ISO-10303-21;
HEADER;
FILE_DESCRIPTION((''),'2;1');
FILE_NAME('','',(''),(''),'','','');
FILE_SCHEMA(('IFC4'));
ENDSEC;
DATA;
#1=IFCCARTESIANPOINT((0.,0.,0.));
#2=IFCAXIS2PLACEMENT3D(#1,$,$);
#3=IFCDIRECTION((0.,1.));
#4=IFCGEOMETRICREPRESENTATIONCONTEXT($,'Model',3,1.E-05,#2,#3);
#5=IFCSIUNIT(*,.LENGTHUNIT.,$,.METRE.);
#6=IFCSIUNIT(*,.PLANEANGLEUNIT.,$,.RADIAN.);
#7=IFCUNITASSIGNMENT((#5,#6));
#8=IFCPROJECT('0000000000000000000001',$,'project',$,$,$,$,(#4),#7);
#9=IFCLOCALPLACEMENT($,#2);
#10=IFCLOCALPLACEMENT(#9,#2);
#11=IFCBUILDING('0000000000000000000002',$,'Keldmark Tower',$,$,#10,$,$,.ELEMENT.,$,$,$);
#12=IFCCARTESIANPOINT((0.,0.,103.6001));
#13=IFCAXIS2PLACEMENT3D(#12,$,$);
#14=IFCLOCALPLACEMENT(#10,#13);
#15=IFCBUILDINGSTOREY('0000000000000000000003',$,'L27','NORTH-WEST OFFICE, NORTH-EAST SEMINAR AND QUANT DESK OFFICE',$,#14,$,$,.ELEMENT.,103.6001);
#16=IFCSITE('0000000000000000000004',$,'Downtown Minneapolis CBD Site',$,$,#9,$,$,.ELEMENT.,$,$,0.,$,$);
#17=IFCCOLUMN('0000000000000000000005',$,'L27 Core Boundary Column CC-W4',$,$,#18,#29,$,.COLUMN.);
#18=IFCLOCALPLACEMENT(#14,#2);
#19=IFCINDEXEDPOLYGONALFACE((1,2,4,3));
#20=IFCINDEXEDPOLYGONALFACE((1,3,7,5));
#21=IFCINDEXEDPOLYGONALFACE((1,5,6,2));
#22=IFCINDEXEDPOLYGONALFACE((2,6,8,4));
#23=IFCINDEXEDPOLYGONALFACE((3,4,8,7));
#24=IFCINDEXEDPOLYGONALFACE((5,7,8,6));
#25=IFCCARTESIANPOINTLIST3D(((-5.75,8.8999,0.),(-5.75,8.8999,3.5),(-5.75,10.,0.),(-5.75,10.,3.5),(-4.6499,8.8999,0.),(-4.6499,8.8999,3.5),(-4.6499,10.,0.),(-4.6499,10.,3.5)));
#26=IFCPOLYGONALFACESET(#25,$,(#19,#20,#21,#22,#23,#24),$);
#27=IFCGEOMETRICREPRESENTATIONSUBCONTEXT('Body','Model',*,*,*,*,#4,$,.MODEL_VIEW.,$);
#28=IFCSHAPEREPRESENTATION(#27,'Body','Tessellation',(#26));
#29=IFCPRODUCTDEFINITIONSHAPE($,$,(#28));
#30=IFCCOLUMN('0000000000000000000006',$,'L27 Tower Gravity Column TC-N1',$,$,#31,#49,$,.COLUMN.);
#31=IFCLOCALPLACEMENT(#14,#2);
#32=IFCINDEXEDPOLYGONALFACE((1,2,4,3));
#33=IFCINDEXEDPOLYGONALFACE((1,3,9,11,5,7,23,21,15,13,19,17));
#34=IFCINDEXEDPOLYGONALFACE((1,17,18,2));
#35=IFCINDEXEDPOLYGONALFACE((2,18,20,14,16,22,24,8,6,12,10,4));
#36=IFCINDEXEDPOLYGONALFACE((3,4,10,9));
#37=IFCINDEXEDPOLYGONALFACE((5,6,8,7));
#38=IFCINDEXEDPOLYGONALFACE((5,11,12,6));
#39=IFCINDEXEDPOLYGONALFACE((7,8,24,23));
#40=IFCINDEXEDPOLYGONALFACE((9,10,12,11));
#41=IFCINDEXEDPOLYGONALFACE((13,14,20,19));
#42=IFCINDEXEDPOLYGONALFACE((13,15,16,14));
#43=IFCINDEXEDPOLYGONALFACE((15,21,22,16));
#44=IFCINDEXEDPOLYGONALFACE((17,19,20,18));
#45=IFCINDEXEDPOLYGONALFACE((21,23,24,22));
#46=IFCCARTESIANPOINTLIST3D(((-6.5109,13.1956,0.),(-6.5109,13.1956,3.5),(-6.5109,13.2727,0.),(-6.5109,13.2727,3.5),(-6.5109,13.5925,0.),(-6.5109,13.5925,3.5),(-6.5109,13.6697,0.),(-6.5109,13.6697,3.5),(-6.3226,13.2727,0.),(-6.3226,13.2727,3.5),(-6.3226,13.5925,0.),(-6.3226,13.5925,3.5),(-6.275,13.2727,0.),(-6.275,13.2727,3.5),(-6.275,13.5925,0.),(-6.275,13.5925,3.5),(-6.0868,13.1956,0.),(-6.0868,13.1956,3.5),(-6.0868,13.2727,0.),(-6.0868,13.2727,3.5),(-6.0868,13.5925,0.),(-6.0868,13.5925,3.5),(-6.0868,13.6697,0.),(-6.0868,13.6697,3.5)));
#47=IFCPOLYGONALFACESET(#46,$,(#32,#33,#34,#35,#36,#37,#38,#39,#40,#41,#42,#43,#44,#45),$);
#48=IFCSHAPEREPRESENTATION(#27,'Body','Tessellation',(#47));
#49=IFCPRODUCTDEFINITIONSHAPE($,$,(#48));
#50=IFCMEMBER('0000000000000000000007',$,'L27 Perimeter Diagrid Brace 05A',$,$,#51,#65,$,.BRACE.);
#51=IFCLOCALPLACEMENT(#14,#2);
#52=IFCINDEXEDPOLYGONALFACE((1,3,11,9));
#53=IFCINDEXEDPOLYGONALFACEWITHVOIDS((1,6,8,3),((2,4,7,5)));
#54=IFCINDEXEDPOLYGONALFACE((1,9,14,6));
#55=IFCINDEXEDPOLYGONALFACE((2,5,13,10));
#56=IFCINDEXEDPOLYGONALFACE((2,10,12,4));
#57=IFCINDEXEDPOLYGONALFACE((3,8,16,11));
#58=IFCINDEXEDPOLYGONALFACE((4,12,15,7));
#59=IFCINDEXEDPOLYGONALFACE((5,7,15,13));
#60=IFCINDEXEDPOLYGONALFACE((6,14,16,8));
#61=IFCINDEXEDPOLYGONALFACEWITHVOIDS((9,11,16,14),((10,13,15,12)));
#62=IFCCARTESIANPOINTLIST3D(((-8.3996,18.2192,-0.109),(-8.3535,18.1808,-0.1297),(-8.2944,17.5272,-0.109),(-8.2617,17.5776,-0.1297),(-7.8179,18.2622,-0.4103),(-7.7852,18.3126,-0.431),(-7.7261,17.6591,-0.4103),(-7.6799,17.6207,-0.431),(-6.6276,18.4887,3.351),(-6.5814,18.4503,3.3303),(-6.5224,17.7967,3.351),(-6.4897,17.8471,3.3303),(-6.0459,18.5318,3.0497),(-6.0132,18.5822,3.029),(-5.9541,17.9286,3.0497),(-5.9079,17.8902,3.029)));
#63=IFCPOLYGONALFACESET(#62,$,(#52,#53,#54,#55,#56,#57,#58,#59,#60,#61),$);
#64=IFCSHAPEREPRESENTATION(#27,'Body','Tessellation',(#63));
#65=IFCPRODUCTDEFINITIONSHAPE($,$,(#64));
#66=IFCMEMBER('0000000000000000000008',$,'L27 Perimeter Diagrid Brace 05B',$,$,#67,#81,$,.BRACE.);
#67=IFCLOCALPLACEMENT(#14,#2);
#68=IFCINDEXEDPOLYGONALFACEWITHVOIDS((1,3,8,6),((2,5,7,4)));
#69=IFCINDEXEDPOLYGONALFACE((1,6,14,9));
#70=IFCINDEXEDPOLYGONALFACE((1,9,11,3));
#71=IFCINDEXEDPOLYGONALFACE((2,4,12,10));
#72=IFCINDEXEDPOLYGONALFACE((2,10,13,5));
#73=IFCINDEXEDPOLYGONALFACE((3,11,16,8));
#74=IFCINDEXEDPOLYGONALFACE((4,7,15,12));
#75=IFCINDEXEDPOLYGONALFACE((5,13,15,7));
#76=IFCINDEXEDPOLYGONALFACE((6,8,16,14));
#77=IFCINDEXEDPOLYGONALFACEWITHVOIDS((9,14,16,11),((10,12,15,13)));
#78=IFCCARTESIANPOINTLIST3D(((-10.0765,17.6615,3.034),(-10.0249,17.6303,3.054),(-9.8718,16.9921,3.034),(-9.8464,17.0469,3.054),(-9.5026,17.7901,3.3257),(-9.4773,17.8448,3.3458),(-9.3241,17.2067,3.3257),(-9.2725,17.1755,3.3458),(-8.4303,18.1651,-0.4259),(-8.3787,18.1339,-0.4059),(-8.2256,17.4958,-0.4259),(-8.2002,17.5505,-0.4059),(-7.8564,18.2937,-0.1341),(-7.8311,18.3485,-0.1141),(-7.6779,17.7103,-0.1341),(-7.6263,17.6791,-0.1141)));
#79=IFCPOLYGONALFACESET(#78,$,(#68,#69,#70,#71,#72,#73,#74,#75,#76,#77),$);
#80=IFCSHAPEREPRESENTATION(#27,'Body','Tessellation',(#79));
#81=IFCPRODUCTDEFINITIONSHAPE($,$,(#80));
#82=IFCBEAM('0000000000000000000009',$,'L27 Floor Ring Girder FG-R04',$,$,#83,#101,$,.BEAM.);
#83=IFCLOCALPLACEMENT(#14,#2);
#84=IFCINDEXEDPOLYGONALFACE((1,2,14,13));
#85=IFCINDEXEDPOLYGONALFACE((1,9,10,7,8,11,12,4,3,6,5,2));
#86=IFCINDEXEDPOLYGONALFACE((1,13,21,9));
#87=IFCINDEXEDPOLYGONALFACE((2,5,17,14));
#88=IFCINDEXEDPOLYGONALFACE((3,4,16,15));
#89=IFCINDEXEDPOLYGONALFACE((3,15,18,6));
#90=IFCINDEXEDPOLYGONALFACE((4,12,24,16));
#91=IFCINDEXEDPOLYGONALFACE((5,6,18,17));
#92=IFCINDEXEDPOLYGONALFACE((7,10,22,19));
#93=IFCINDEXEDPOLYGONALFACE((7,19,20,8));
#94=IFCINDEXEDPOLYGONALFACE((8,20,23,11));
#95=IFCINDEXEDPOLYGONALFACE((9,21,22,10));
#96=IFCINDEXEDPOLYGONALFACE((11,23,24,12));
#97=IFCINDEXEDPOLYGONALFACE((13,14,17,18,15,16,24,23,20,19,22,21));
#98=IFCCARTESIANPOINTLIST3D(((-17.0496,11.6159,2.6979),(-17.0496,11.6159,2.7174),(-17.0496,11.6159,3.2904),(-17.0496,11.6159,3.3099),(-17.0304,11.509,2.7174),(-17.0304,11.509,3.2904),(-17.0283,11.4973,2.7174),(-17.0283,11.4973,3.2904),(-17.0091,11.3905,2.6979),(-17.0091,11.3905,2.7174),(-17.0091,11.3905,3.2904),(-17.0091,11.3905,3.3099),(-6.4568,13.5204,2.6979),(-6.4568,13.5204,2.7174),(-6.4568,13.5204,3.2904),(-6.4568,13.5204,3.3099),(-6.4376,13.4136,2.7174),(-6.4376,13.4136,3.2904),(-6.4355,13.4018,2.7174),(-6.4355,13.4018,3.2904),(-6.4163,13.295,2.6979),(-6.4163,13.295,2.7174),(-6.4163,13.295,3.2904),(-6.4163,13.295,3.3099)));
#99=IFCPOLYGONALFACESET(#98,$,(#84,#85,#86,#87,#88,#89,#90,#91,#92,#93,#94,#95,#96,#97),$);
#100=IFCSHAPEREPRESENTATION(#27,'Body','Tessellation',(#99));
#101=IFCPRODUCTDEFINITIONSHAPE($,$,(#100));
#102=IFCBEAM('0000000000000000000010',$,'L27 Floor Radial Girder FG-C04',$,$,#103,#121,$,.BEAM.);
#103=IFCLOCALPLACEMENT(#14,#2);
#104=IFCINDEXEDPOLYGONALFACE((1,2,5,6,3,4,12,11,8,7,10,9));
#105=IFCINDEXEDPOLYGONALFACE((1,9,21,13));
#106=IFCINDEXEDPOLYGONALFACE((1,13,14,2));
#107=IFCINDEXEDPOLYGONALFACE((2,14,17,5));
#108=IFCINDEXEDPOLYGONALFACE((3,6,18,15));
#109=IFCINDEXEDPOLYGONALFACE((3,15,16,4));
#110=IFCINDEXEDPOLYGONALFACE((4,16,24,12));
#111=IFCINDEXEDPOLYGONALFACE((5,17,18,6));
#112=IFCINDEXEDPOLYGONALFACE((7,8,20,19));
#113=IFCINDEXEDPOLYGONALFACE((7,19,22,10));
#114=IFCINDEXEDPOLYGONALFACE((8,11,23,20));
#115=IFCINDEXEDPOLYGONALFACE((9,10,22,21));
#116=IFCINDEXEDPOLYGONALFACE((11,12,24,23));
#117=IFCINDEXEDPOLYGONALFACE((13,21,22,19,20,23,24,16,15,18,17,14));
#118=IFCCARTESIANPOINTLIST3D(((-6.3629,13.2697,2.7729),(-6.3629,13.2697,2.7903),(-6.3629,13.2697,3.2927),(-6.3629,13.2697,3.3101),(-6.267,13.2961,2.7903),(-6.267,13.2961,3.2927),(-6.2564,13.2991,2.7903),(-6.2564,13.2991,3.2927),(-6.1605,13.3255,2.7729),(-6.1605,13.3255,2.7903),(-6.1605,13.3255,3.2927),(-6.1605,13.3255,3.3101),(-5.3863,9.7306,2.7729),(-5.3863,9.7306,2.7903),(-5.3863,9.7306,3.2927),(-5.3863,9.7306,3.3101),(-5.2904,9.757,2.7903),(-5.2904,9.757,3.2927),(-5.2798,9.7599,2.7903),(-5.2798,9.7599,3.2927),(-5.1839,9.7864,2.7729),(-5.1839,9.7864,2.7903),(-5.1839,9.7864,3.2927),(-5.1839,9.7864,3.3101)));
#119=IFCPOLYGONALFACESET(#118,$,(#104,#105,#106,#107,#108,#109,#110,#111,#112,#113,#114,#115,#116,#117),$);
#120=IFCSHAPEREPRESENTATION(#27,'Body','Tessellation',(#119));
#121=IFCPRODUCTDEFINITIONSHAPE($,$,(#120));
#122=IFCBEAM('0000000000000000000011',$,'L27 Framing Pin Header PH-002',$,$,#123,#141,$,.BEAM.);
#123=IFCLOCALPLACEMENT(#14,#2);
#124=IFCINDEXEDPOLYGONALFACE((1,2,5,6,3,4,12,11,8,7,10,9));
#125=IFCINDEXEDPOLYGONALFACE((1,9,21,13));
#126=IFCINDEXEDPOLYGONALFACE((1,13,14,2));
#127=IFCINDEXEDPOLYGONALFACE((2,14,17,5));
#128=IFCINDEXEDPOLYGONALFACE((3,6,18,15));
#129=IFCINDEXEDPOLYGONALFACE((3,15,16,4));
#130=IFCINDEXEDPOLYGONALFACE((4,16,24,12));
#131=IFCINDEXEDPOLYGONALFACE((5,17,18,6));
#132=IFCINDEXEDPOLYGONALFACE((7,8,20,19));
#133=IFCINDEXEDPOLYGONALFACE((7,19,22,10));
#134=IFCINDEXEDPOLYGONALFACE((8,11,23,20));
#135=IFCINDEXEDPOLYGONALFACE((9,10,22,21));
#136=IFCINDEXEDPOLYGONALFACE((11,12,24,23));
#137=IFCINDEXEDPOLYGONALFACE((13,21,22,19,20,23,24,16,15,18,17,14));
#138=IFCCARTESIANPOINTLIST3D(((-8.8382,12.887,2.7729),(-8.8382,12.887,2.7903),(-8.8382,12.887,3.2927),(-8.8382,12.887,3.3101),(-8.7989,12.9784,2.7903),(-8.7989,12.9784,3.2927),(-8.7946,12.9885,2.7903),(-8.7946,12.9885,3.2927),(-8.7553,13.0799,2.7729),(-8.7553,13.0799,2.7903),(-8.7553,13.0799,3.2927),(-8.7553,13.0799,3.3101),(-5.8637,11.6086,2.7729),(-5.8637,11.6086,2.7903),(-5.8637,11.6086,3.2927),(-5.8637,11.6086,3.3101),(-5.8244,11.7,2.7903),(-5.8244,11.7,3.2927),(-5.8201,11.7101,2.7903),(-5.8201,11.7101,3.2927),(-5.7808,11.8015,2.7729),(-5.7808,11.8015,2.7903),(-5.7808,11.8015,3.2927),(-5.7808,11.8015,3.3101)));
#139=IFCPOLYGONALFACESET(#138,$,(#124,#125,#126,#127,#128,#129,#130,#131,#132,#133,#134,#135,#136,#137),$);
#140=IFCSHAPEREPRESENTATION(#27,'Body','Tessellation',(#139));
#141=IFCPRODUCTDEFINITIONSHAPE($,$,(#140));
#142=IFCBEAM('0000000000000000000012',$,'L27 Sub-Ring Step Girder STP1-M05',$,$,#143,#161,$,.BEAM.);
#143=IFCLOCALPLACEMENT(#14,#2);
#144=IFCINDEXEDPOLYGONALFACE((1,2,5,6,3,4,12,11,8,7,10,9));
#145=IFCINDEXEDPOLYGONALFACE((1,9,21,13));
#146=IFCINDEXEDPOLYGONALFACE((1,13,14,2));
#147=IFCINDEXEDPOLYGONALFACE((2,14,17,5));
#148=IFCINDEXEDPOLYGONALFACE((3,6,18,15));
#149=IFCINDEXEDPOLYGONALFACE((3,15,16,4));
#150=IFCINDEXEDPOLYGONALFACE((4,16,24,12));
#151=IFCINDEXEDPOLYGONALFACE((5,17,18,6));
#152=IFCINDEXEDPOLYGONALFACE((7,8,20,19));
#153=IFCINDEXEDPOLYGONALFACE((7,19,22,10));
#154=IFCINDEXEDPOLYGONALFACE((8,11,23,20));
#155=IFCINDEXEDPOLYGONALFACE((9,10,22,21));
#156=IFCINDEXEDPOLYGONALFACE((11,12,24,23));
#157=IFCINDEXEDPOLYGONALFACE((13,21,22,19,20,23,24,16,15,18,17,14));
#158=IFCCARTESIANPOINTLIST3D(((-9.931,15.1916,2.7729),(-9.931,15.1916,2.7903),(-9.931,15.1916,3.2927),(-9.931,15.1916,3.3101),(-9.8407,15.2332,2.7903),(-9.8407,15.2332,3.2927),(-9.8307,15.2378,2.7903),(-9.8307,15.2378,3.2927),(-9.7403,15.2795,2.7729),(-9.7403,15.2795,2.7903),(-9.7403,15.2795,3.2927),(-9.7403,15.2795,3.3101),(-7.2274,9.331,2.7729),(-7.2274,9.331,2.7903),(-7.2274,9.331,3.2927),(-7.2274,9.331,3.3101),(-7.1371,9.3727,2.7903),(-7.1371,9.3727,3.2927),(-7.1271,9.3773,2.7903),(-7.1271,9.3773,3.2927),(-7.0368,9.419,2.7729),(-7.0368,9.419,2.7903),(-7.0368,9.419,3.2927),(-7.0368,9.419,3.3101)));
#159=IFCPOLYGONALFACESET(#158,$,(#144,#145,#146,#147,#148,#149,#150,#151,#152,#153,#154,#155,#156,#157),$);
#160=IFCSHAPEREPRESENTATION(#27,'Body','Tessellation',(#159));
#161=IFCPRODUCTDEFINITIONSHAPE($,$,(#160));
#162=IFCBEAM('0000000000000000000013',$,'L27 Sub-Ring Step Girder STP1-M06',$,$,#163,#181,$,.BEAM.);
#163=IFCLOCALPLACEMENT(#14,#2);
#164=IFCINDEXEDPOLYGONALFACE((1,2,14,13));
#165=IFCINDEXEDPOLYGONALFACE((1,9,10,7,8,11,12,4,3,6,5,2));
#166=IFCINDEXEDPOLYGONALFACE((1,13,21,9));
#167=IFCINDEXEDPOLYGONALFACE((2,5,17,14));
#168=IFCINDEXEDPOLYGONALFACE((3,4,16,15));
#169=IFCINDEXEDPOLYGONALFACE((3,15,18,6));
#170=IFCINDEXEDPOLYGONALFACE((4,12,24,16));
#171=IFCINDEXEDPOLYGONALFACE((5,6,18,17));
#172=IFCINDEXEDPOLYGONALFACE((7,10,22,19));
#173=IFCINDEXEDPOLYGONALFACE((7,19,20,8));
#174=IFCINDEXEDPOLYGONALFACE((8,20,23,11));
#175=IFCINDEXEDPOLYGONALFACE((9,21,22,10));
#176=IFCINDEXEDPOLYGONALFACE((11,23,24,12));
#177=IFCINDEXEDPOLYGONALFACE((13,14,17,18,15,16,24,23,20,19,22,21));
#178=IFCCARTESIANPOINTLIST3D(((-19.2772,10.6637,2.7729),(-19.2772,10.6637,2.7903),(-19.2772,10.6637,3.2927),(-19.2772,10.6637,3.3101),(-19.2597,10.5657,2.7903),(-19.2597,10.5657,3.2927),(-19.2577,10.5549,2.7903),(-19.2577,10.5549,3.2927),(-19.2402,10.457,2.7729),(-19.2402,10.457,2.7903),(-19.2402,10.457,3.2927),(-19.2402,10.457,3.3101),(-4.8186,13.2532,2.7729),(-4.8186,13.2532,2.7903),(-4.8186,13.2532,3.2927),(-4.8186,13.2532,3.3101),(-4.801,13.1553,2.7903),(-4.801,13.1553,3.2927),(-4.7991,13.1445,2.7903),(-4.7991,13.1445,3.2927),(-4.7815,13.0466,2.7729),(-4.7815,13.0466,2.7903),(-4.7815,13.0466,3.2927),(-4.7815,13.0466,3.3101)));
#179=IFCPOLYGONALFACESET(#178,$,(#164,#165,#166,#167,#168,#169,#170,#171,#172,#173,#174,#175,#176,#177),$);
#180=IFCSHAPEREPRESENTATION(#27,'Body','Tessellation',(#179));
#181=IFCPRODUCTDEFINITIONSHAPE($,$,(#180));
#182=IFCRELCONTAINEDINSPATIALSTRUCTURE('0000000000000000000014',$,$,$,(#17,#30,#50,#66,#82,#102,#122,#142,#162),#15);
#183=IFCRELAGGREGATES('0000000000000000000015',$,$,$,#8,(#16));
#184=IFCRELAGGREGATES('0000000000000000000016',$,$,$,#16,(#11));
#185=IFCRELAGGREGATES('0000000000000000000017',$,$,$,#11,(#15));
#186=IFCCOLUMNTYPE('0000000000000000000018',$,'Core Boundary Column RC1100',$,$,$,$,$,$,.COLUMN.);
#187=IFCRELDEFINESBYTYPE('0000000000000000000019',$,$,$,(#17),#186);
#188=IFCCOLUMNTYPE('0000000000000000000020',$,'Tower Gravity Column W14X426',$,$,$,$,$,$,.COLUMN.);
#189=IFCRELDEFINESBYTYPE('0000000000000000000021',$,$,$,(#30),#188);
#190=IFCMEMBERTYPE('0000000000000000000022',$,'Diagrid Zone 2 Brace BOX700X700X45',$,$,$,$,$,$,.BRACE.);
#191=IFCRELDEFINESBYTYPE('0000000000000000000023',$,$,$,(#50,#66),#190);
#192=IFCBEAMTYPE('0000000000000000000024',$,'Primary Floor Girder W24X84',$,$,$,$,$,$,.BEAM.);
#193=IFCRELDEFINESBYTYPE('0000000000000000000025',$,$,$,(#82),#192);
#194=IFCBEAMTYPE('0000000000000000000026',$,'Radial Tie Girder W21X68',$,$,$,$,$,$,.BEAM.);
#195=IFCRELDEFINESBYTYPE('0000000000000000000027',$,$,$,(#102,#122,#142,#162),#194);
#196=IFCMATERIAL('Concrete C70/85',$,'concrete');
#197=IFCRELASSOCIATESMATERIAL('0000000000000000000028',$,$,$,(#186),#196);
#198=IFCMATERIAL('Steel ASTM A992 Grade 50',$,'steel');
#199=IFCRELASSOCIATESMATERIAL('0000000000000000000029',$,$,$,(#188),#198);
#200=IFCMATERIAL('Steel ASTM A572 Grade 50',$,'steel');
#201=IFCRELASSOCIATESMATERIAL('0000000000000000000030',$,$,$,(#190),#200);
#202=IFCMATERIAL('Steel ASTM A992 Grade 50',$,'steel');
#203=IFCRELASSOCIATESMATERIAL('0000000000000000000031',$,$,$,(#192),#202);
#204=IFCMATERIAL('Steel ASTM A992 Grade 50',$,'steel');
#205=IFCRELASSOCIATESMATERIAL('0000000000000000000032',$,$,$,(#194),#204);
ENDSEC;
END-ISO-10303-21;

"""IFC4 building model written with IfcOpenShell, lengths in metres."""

from ifc_helpers import new_model, si_unit, direction, frame, origin, origin_2d, place, context, subcontext, project, spatial, rectangle, hollow_rectangle, i_section, extrude, material, material_profile, profile_set, type_object, element, save


model = new_model("IFC4")

# Units and contexts
model_context = context("Model", 3, precision=1e-05, world=origin(), true_north=direction((0.0, 1.0)))
body_context = subcontext(model_context, "Body", "Model", "MODEL_VIEW")
ifc_project = project(units=[si_unit("LENGTHUNIT", "METRE"), si_unit("PLANEANGLEUNIT", "RADIAN")], contexts=[model_context])

# Site, building, storey
site_placement = place(None, origin())
site = spatial("IfcSite", under=ifc_project, at=site_placement, Name="Downtown Minneapolis CBD Site", CompositionType="ELEMENT", RefElevation=0.0)
building_placement = place(site_placement, origin())
building = spatial("IfcBuilding", under=site, at=building_placement, Name="Keldmark Tower", CompositionType="ELEMENT")
storey_placement = place(building_placement, frame((0.0, 0.0, 103.6001)))
storey = spatial("IfcBuildingStorey", under=building, at=storey_placement, Name="L27", Description="NORTH-WEST OFFICE, NORTH-EAST SEMINAR AND QUANT DESK OFFICE", CompositionType="ELEMENT", Elevation=103.6001)

# Columns
ifc_material_1 = material(Name="Concrete C70/85", Category="concrete")
ifc_material_profile_1 = material_profile(ifc_material_1, rectangle(XDim=1.1001, YDim=1.1001, at=origin_2d()), Name="RC1100X1100")
ifc_profile_set_1 = profile_set([ifc_material_profile_1], Name="Concrete C70/85")
column_type_1 = type_object("IfcColumnType", Name="Core Boundary Column RC1100", PredefinedType="COLUMN", material=ifc_profile_set_1)
column_1_placement = place(storey_placement, frame((-5.2, 9.45, 0.0), z_axis=(0.0, 0.0, 1.0), x_axis=(1.0, 0.0, 0.0)))
element("IfcColumn", 1, at=column_1_placement, inside=storey, type_object=column_type_1, Name="L27 Core Boundary Column CC-W4", PredefinedType="COLUMN", context=body_context, shape_type="SweptSolid", body=[
    extrude(rectangle(XDim=1.1001, YDim=1.1001, at=origin_2d()), origin(), (0.0, 0.0, 1.0), 3.5),
])
ifc_material_2 = material(Name="Steel ASTM A992 Grade 50", Category="steel")
ifc_material_profile_2 = material_profile(ifc_material_2, i_section(OverallWidth=0.4241, OverallDepth=0.4741, WebThickness=0.0476, FlangeThickness=0.0771, at=origin_2d()), Name="W14X426")
ifc_profile_set_2 = profile_set([ifc_material_profile_2], Name="Steel ASTM A992 Grade 50")
column_type_2 = type_object("IfcColumnType", Name="Tower Gravity Column W14X426", PredefinedType="COLUMN", material=ifc_profile_set_2)
column_2_placement = place(storey_placement, frame((-6.2988, 13.4326, 0.0), z_axis=(0.0, 0.0, 1.0), x_axis=(1.0, 0.0, 0.0)))
element("IfcColumn", 2, at=column_2_placement, inside=storey, type_object=column_type_2, Name="L27 Tower Gravity Column TC-N1", PredefinedType="COLUMN", context=body_context, shape_type="SweptSolid", body=[
    extrude(i_section(OverallWidth=0.4241, OverallDepth=0.4741, WebThickness=0.0476, FlangeThickness=0.0771, at=origin_2d()), origin(), (0.0, 0.0, 1.0), 3.5),
])

# Members
ifc_material_3 = material(Name="Steel ASTM A572 Grade 50", Category="steel")
ifc_material_profile_3 = material_profile(ifc_material_3, hollow_rectangle(XDim=0.7, YDim=0.7, WallThickness=0.0449, at=origin_2d()), Name="BOX700X700X45")
ifc_profile_set_3 = profile_set([ifc_material_profile_3], Name="Steel ASTM A572 Grade 50")
member_type = type_object("IfcMemberType", Name="Diagrid Zone 2 Brace BOX700X700X45", PredefinedType="BRACE", material=ifc_profile_set_3)
member_1_placement = place(storey_placement, frame((-8.0398, 17.9199, -0.27), z_axis=(0.454743, 0.06917, 0.887933), x_axis=(-0.150378, 0.988629, 0.0)))
element("IfcMember", 3, at=member_1_placement, inside=storey, type_object=member_type, Name="L27 Perimeter Diagrid Brace 05A", PredefinedType="BRACE", context=body_context, shape_type="SweptSolid", body=[
    extrude(hollow_rectangle(XDim=0.7, YDim=0.7, WallThickness=0.0449, at=origin_2d()), origin(), (0.0, 0.0, 1.0), 3.8967),
])
member_2_placement = place(storey_placement, frame((-8.0283, 17.9221, -0.27), z_axis=(-0.42598, -0.130327, 0.895297), x_axis=(0.292561, -0.956247, 0.0)))
element("IfcMember", 4, at=member_2_placement, inside=storey, type_object=member_type, Name="L27 Perimeter Diagrid Brace 05B", PredefinedType="BRACE", context=body_context, shape_type="SweptSolid", body=[
    extrude(hollow_rectangle(XDim=0.7, YDim=0.7, WallThickness=0.0449, at=origin_2d()), origin(), (0.0, 0.0, 1.0), 3.8645),
])

# Beams
ifc_material_4 = material(Name="Steel ASTM A992 Grade 50", Category="steel")
ifc_material_profile_4 = material_profile(ifc_material_4, i_section(OverallWidth=0.229, OverallDepth=0.6121, WebThickness=0.012, FlangeThickness=0.0195, at=origin_2d()), Name="W24X84")
ifc_profile_set_4 = profile_set([ifc_material_profile_4], Name="Steel ASTM A992 Grade 50")
beam_type_1 = type_object("IfcBeamType", Name="Primary Floor Girder W24X84", PredefinedType="BEAM", material=ifc_profile_set_4)
beam_1_placement = place(storey_placement, frame((-6.4365, 13.4077, 3.0039), z_axis=(-0.984218, -0.176959, 0.0), x_axis=(0.176959, -0.984218, 0.0)))
element("IfcBeam", 5, at=beam_1_placement, inside=storey, type_object=beam_type_1, Name="L27 Floor Ring Girder FG-R04", PredefinedType="BEAM", context=body_context, shape_type="SweptSolid", body=[
    extrude(i_section(OverallWidth=0.229, OverallDepth=0.6121, WebThickness=0.012, FlangeThickness=0.0195, at=origin_2d()), origin(), (0.0, 0.0, 1.0), 10.7627),
])
ifc_material_5 = material(Name="Steel ASTM A992 Grade 50", Category="steel")
ifc_material_profile_5 = material_profile(ifc_material_5, i_section(OverallWidth=0.21, OverallDepth=0.5371, WebThickness=0.011, FlangeThickness=0.0173, at=origin_2d()), Name="W21X68")
ifc_profile_set_5 = profile_set([ifc_material_profile_5], Name="Steel ASTM A992 Grade 50")
beam_type_2 = type_object("IfcBeamType", Name="Radial Tie Girder W21X68", PredefinedType="BEAM", material=ifc_profile_set_5)
beam_2_placement = place(storey_placement, frame((-6.2617, 13.2976, 3.0415), z_axis=(0.265997, -0.963974, 0.0), x_axis=(0.963974, 0.265997, 0.0)))
element("IfcBeam", 6, at=beam_2_placement, inside=storey, type_object=beam_type_2, Name="L27 Floor Radial Girder FG-C04", PredefinedType="BEAM", context=body_context, shape_type="SweptSolid", body=[
    extrude(i_section(OverallWidth=0.21, OverallDepth=0.5371, WebThickness=0.011, FlangeThickness=0.0173, at=origin_2d()), origin(), (0.0, 0.0, 1.0), 3.6714),
])
beam_3_placement = place(storey_placement, frame((-5.8223, 11.7051, 3.0415), z_axis=(-0.918743, 0.394857, 0.0), x_axis=(-0.394857, -0.918743, 0.0)))
element("IfcBeam", 7, at=beam_3_placement, inside=storey, type_object=beam_type_2, Name="L27 Framing Pin Header PH-002", PredefinedType="BEAM", context=body_context, shape_type="SweptSolid", body=[
    extrude(i_section(OverallWidth=0.21, OverallDepth=0.5371, WebThickness=0.011, FlangeThickness=0.0173, at=origin_2d()), origin(), (0.0, 0.0, 1.0), 3.2375),
])
beam_4_placement = place(storey_placement, frame((-7.1321, 9.375, 3.0415), z_axis=(-0.418895, 0.908035, 0.0), x_axis=(-0.908035, -0.418895, 0.0)))
element("IfcBeam", 8, at=beam_4_placement, inside=storey, type_object=beam_type_2, Name="L27 Sub-Ring Step Girder STP1-M05", PredefinedType="BEAM", context=body_context, shape_type="SweptSolid", body=[
    extrude(i_section(OverallWidth=0.21, OverallDepth=0.5371, WebThickness=0.011, FlangeThickness=0.0173, at=origin_2d()), origin(), (0.0, 0.0, 1.0), 6.4541),
])
beam_5_placement = place(storey_placement, frame((-4.8, 13.1499, 3.0415), z_axis=(-0.984337, -0.176297, 0.0), x_axis=(0.176297, -0.984337, 0.0)))
element("IfcBeam", 9, at=beam_5_placement, inside=storey, type_object=beam_type_2, Name="L27 Sub-Ring Step Girder STP1-M06", PredefinedType="BEAM", context=body_context, shape_type="SweptSolid", body=[
    extrude(i_section(OverallWidth=0.21, OverallDepth=0.5371, WebThickness=0.011, FlangeThickness=0.0173, at=origin_2d()), origin(), (0.0, 0.0, 1.0), 14.6887),
])

save(model, "model.ifc")
